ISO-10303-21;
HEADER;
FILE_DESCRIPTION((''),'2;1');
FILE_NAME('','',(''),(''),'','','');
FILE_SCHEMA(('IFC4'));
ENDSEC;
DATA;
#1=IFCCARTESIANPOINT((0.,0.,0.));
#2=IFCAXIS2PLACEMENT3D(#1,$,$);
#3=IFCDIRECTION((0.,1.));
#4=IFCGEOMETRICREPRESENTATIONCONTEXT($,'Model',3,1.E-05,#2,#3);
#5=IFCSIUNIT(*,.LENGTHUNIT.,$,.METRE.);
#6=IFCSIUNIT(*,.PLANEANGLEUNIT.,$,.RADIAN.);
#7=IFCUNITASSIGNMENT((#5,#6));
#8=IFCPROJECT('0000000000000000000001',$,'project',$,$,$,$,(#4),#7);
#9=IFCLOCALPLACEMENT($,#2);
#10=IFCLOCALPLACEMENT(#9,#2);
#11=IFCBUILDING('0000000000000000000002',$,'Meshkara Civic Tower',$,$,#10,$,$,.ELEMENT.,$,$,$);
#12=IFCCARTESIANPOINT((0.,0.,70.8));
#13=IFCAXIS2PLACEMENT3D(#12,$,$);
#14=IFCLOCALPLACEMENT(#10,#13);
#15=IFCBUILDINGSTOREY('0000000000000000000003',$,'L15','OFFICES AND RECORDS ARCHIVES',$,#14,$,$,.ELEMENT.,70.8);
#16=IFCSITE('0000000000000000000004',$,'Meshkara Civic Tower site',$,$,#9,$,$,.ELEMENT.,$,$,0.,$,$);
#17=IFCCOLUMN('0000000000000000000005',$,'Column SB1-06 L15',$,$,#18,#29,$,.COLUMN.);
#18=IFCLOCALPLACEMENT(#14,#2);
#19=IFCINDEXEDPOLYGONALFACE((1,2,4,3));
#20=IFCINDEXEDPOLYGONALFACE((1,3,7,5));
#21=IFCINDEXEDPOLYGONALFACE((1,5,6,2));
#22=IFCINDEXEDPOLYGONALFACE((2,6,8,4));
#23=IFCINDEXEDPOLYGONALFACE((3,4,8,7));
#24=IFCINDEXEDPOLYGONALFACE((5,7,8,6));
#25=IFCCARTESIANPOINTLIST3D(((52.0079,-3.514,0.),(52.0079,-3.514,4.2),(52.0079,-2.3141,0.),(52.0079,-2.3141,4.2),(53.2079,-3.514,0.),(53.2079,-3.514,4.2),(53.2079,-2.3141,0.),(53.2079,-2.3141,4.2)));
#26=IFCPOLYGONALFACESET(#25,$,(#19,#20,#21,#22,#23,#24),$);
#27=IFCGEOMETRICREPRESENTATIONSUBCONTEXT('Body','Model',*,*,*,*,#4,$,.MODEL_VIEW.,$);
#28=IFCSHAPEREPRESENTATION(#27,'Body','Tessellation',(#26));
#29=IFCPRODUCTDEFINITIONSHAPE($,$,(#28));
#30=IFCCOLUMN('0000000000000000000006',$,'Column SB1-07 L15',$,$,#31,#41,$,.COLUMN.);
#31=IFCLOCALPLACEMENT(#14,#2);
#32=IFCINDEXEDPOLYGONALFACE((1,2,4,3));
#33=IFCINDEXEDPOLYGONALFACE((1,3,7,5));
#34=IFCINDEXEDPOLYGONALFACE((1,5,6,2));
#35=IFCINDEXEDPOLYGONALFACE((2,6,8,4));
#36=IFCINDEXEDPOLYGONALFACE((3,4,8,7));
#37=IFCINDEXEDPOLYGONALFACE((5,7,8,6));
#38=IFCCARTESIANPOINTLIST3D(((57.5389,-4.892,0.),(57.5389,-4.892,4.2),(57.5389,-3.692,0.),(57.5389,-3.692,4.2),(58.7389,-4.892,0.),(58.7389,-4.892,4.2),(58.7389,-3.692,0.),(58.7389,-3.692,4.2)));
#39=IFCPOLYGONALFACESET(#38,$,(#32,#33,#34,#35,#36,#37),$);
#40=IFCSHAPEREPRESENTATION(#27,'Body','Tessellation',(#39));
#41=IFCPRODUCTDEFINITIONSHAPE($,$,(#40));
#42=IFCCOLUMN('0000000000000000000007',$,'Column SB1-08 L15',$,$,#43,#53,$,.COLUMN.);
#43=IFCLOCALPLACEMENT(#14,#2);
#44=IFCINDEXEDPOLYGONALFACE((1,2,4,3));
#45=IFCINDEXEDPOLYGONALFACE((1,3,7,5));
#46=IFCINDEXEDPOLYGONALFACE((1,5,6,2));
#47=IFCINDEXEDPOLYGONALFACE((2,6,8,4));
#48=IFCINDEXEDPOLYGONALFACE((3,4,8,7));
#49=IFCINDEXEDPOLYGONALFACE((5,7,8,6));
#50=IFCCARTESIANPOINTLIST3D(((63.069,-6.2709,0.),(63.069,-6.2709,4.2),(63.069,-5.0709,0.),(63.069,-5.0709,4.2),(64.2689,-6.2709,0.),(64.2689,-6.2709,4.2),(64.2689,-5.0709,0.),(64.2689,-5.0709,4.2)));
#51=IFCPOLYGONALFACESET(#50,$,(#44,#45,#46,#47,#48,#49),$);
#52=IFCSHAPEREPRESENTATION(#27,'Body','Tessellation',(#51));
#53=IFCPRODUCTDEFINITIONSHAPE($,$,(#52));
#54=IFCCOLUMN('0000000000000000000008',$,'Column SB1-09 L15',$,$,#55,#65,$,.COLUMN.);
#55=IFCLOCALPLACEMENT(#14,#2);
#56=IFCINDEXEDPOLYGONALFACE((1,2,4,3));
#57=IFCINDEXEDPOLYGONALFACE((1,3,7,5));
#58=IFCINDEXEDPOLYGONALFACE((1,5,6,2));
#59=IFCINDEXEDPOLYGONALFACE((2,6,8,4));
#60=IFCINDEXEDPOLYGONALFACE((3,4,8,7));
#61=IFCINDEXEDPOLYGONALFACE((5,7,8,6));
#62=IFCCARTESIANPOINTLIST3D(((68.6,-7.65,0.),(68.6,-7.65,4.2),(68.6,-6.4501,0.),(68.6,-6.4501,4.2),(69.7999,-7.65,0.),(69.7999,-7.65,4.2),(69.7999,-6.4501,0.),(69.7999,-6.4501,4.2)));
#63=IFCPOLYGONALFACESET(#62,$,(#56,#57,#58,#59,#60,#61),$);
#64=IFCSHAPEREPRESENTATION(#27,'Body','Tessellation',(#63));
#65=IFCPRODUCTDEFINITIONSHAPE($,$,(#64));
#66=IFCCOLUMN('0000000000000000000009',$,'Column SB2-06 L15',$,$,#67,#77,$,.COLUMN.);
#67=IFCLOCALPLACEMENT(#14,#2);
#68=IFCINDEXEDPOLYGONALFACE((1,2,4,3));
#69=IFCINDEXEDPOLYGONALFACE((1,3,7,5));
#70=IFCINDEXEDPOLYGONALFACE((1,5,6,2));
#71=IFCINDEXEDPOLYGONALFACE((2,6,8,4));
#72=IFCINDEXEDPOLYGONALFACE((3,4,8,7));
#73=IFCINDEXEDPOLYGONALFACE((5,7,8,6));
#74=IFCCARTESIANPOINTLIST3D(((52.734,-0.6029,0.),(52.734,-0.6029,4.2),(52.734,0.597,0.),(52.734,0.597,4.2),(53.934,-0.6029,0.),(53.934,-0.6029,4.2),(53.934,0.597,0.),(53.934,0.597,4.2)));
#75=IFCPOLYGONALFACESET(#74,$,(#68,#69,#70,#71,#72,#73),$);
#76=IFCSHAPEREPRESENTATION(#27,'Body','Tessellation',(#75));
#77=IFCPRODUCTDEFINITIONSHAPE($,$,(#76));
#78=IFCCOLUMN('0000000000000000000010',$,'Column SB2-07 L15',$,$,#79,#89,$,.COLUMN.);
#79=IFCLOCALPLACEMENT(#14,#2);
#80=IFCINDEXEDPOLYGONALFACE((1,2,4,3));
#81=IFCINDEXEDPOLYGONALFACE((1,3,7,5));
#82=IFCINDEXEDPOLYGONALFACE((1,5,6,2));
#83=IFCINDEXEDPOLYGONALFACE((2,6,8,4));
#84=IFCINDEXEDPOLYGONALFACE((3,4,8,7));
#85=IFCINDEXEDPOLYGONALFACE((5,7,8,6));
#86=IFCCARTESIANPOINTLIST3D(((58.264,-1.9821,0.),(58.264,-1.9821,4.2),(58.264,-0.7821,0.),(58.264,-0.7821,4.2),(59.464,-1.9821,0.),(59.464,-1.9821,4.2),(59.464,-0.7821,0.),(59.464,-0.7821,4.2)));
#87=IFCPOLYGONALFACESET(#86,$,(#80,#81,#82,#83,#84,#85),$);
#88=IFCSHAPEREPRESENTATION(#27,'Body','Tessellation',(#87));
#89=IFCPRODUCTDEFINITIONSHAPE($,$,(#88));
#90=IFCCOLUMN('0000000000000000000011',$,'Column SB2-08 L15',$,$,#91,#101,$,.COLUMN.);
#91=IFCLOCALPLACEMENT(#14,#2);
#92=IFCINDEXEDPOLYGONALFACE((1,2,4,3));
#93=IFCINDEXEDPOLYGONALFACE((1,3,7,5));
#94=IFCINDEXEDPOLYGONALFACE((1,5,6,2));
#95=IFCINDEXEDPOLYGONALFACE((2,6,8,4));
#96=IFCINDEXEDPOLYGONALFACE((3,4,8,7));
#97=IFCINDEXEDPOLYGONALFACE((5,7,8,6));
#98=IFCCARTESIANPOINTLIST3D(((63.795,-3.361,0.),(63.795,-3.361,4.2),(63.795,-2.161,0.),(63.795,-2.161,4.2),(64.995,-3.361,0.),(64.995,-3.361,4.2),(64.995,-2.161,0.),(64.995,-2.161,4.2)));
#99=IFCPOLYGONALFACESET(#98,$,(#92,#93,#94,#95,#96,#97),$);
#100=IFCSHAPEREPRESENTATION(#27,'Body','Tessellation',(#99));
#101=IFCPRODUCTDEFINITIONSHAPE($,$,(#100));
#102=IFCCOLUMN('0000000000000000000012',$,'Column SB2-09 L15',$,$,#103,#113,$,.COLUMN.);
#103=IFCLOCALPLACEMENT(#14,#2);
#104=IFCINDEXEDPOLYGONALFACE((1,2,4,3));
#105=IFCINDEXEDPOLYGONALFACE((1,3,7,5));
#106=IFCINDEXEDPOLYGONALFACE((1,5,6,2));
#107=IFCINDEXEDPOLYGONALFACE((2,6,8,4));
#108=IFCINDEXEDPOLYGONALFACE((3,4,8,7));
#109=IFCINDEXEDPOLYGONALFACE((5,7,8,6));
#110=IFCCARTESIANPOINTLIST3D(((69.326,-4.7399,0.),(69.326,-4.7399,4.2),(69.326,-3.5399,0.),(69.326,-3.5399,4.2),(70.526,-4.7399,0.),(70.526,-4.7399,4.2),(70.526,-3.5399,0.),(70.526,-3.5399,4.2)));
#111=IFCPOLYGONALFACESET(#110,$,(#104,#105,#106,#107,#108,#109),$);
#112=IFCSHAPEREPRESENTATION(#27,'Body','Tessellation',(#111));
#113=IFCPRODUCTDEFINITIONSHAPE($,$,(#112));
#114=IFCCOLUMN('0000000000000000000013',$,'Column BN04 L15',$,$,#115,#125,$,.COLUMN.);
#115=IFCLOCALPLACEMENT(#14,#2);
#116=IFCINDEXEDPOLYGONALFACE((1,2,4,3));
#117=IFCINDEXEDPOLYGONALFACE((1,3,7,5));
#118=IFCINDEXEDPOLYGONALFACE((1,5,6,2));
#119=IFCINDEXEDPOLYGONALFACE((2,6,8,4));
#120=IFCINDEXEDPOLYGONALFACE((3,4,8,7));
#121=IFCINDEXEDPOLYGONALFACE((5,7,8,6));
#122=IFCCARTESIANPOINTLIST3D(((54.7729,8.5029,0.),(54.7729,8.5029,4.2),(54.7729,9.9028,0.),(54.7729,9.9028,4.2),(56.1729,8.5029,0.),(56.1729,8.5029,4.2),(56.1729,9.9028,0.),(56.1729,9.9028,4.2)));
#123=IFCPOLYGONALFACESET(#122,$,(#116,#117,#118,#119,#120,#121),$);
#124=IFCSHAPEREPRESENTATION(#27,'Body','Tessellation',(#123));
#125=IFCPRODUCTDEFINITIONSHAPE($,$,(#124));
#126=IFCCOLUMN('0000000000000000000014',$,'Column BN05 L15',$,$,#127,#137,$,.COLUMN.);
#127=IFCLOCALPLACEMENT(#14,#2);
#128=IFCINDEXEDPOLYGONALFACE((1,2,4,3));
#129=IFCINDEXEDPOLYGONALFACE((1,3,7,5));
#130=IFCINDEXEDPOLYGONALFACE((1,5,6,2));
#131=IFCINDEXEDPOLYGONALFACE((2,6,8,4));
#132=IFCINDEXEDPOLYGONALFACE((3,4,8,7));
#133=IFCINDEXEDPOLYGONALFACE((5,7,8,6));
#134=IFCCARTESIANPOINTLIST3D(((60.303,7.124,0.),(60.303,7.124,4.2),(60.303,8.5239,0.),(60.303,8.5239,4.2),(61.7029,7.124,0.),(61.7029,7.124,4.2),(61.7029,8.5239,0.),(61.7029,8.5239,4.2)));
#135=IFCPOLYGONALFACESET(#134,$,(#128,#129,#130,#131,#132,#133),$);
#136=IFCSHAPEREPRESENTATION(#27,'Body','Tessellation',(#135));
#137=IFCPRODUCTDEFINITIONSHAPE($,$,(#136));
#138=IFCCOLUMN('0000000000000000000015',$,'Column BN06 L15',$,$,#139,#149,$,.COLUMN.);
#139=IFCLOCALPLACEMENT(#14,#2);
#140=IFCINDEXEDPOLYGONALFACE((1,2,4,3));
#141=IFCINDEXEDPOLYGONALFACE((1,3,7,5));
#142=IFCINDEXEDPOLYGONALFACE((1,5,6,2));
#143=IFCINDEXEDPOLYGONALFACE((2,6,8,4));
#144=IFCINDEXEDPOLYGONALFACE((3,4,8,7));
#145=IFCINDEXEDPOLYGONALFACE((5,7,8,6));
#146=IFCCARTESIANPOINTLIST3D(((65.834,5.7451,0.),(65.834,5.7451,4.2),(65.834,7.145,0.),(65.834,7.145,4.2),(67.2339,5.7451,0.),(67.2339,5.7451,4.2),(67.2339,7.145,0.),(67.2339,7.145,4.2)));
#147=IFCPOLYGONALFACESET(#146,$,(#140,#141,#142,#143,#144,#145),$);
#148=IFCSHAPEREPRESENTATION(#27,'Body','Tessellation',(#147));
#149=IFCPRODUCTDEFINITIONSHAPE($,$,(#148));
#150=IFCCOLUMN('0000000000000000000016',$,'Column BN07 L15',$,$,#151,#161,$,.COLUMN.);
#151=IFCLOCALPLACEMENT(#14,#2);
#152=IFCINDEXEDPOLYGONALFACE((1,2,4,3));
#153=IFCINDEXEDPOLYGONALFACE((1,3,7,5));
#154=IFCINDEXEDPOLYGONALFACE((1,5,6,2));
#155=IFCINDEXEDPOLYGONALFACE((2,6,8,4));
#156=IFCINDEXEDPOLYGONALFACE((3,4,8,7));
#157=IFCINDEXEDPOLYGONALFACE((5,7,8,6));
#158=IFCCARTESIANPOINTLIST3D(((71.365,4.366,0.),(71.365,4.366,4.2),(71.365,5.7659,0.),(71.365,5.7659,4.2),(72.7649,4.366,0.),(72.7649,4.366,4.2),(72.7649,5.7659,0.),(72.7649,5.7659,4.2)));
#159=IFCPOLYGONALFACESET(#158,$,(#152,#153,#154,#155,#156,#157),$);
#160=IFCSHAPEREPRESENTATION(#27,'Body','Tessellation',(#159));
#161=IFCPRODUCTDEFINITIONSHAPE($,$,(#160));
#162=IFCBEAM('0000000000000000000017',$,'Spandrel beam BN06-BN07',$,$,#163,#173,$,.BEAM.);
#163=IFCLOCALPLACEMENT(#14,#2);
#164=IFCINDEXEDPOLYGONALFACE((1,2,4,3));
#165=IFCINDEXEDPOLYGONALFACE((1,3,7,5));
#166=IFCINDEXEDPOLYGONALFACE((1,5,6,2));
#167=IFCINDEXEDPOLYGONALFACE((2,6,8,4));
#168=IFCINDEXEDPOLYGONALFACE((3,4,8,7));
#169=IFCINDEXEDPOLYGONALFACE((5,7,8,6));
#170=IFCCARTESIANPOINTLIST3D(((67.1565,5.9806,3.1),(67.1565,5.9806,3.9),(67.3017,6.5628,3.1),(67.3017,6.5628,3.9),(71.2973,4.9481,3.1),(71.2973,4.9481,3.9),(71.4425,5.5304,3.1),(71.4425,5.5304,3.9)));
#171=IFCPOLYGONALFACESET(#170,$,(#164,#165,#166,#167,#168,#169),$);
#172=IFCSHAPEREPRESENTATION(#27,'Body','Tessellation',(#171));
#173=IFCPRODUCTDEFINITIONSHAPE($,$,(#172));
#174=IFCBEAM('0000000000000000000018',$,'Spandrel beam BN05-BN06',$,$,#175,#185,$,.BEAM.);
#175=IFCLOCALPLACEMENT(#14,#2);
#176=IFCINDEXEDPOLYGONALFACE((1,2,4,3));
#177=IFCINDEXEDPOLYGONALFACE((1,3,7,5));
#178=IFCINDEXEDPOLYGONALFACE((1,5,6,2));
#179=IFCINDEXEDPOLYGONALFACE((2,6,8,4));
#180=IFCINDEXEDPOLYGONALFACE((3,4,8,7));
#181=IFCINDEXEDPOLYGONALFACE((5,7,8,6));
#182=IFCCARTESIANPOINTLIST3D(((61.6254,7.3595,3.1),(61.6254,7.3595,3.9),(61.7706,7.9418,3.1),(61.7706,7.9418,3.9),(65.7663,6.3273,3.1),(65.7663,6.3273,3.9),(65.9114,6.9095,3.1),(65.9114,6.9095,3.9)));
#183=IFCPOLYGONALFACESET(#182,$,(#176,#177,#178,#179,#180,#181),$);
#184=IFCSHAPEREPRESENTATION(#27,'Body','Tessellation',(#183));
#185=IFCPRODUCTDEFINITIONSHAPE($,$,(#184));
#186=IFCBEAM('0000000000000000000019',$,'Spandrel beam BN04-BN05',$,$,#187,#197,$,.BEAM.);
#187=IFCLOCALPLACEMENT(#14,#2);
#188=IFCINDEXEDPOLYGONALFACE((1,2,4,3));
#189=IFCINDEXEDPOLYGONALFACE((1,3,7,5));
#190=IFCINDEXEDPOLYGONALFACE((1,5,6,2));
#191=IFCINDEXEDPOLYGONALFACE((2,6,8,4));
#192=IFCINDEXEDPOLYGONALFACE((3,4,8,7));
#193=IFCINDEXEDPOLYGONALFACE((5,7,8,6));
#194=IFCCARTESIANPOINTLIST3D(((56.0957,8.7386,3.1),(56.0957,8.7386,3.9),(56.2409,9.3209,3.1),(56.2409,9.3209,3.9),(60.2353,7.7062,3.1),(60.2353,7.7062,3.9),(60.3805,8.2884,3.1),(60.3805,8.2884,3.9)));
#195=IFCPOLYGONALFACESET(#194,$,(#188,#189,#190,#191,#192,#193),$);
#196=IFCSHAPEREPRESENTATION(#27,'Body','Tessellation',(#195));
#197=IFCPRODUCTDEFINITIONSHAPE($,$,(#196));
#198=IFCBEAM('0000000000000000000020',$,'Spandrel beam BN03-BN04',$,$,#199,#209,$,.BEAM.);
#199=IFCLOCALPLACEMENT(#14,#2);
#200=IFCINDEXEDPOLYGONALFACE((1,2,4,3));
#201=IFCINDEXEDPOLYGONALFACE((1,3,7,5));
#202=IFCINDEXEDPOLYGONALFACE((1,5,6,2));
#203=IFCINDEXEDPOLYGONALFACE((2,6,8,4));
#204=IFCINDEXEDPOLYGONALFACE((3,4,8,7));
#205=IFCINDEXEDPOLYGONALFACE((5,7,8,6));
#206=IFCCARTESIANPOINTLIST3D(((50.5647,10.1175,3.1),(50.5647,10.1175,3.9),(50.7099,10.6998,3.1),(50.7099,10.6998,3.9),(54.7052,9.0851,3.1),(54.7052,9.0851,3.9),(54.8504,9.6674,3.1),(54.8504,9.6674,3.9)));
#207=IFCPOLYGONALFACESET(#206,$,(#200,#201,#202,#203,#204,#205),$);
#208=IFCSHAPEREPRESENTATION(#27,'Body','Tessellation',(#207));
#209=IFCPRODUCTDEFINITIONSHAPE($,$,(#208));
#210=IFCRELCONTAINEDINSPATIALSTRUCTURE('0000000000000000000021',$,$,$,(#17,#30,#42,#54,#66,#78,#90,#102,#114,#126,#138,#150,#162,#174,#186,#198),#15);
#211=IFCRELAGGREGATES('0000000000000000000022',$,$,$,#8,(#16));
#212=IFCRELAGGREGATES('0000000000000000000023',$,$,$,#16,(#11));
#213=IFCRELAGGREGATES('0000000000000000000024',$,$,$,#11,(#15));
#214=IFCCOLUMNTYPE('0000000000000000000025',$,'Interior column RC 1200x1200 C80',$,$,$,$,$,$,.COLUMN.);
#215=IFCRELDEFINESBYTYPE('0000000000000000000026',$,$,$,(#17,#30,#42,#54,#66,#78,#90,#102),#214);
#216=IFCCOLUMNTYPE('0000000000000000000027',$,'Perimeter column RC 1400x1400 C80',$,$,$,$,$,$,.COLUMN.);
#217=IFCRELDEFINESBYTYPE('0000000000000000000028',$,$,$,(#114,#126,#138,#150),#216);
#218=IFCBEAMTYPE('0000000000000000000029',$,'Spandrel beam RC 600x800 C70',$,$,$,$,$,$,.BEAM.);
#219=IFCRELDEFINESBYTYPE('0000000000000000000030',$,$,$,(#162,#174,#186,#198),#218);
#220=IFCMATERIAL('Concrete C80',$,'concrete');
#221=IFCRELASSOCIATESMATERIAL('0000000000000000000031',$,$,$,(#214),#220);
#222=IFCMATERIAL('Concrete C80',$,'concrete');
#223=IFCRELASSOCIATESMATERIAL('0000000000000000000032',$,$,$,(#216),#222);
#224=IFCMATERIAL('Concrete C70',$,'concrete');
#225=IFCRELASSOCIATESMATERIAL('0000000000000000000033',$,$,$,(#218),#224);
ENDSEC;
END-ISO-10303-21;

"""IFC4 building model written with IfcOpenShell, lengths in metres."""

from ifc_helpers import new_model, si_unit, direction, frame, origin, origin_2d, place, context, subcontext, project, spatial, rectangle, extrude, material, material_profile, profile_set, type_object, element, save


model = new_model("IFC4")

# Units and contexts
model_context = context("Model", 3, precision=1e-05, world=origin(), true_north=direction((0.0, 1.0)))
body_context = subcontext(model_context, "Body", "Model", "MODEL_VIEW")
ifc_project = project(units=[si_unit("LENGTHUNIT", "METRE"), si_unit("PLANEANGLEUNIT", "RADIAN")], contexts=[model_context])

# Site, building, storey
site_placement = place(None, origin())
site = spatial("IfcSite", under=ifc_project, at=site_placement, Name="Meshkara Civic Tower site", CompositionType="ELEMENT", RefElevation=0.0)
building_placement = place(site_placement, origin())
building = spatial("IfcBuilding", under=site, at=building_placement, Name="Meshkara Civic Tower", CompositionType="ELEMENT")
storey_placement = place(building_placement, frame((0.0, 0.0, 70.8)))
storey = spatial("IfcBuildingStorey", under=building, at=storey_placement, Name="L15", Description="OFFICES AND RECORDS ARCHIVES", CompositionType="ELEMENT", Elevation=70.8)

# Columns
ifc_material_1 = material(Name="Concrete C80", Category="concrete")
ifc_material_profile_1 = material_profile(ifc_material_1, rectangle(XDim=1.2, YDim=1.2, at=origin_2d()))
ifc_profile_set_1 = profile_set([ifc_material_profile_1], Name="Concrete C80")
column_type_1 = type_object("IfcColumnType", Name="Interior column RC 1200x1200 C80", PredefinedType="COLUMN", material=ifc_profile_set_1)
for number, where, z_axis, x_axis, name in (
    (1, (52.6079, -2.9141, 0.0), (0.0, 0.0, 1.0), (1.0, 0.0, 0.0), "Column SB1-06 L15"),
    (2, (58.1389, -4.292, 0.0), (0.0, 0.0, 1.0), (1.0, 0.0, 0.0), "Column SB1-07 L15"),
    (3, (63.6689, -5.6709, 0.0), (0.0, 0.0, 1.0), (1.0, 0.0, 0.0), "Column SB1-08 L15"),
    (4, (69.2, -7.05, 0.0), (0.0, 0.0, 1.0), (1.0, 0.0, 0.0), "Column SB1-09 L15"),
    (5, (53.334, -0.0029, 0.0), (0.0, 0.0, 1.0), (1.0, 0.0, 0.0), "Column SB2-06 L15"),
    (6, (58.864, -1.3821, 0.0), (0.0, 0.0, 1.0), (1.0, 0.0, 0.0), "Column SB2-07 L15"),
    (7, (64.395, -2.761, 0.0), (0.0, 0.0, 1.0), (1.0, 0.0, 0.0), "Column SB2-08 L15"),
    (8, (69.926, -4.1399, 0.0), (0.0, 0.0, 1.0), (1.0, 0.0, 0.0), "Column SB2-09 L15"),
):
    element("IfcColumn", number, at=place(storey_placement, frame(where, z_axis=z_axis, x_axis=x_axis)), inside=storey, type_object=column_type_1, Name=name, PredefinedType="COLUMN", context=body_context, shape_type="SweptSolid", body=[
        extrude(rectangle(XDim=1.2, YDim=1.2, at=origin_2d()), origin(), (0.0, 0.0, 1.0), 4.2),
    ])
ifc_material_2 = material(Name="Concrete C80", Category="concrete")
ifc_material_profile_2 = material_profile(ifc_material_2, rectangle(XDim=1.3999, YDim=1.3999, at=origin_2d()))
ifc_profile_set_2 = profile_set([ifc_material_profile_2], Name="Concrete C80")
column_type_2 = type_object("IfcColumnType", Name="Perimeter column RC 1400x1400 C80", PredefinedType="COLUMN", material=ifc_profile_set_2)
for number, where, z_axis, x_axis, name in (
    (9, (55.4729, 9.2029, 0.0), (0.0, 0.0, 1.0), (1.0, 0.0, 0.0), "Column BN04 L15"),
    (10, (61.0029, 7.824, 0.0), (0.0, 0.0, 1.0), (1.0, 0.0, 0.0), "Column BN05 L15"),
    (11, (66.5339, 6.4451, 0.0), (0.0, 0.0, 1.0), (1.0, 0.0, 0.0), "Column BN06 L15"),
    (12, (72.0649, 5.0659, 0.0), (0.0, 0.0, 1.0), (1.0, 0.0, 0.0), "Column BN07 L15"),
):
    element("IfcColumn", number, at=place(storey_placement, frame(where, z_axis=z_axis, x_axis=x_axis)), inside=storey, type_object=column_type_2, Name=name, PredefinedType="COLUMN", context=body_context, shape_type="SweptSolid", body=[
        extrude(rectangle(XDim=1.3999, YDim=1.3999, at=origin_2d()), origin(), (0.0, 0.0, 1.0), 4.2),
    ])

# Beams
ifc_material_3 = material(Name="Concrete C70", Category="concrete")
ifc_material_profile_3 = material_profile(ifc_material_3, rectangle(XDim=0.6001, YDim=0.8, at=origin_2d()))
ifc_profile_set_3 = profile_set([ifc_material_profile_3], Name="Concrete C70")
beam_type = type_object("IfcBeamType", Name="Spandrel beam RC 600x800 C70", PredefinedType="BEAM", material=ifc_profile_set_3)
for number, where, z_axis, x_axis, name in (
    (13, (71.3699, 5.2393, 3.5), (-0.970294, 0.24193, 0.0), (-0.24193, -0.970294, 0.0), "Spandrel beam BN06-BN07"),
    (14, (65.8389, 6.6184, 3.5), (-0.970307, 0.241876, 0.0), (-0.241876, -0.970307, 0.0), "Spandrel beam BN05-BN06"),
):
    element("IfcBeam", number, at=place(storey_placement, frame(where, z_axis=z_axis, x_axis=x_axis)), inside=storey, type_object=beam_type, Name=name, PredefinedType="BEAM", context=body_context, shape_type="SweptSolid", body=[
        extrude(rectangle(XDim=0.6001, YDim=0.8, at=origin_2d()), origin(), (0.0, 0.0, 1.0), 4.2676),
    ])
beam_1_placement = place(storey_placement, frame((60.3079, 7.9973, 3.5), z_axis=(-0.970277, 0.241997, 0.0), x_axis=(-0.241997, -0.970277, 0.0)))
element("IfcBeam", 15, at=beam_1_placement, inside=storey, type_object=beam_type, Name="Spandrel beam BN04-BN05", PredefinedType="BEAM", context=body_context, shape_type="SweptSolid", body=[
    extrude(rectangle(XDim=0.6001, YDim=0.8, at=origin_2d()), origin(), (0.0, 0.0, 1.0), 4.2664),
])
beam_2_placement = place(storey_placement, frame((54.7778, 9.3762, 3.5), z_axis=(-0.97029, 0.241943, 0.0), x_axis=(-0.241943, -0.97029, 0.0)))
element("IfcBeam", 16, at=beam_2_placement, inside=storey, type_object=beam_type, Name="Spandrel beam BN03-BN04", PredefinedType="BEAM", context=body_context, shape_type="SweptSolid", body=[
    extrude(rectangle(XDim=0.6001, YDim=0.8, at=origin_2d()), origin(), (0.0, 0.0, 1.0), 4.2673),
])

save(model, "model.ifc")
